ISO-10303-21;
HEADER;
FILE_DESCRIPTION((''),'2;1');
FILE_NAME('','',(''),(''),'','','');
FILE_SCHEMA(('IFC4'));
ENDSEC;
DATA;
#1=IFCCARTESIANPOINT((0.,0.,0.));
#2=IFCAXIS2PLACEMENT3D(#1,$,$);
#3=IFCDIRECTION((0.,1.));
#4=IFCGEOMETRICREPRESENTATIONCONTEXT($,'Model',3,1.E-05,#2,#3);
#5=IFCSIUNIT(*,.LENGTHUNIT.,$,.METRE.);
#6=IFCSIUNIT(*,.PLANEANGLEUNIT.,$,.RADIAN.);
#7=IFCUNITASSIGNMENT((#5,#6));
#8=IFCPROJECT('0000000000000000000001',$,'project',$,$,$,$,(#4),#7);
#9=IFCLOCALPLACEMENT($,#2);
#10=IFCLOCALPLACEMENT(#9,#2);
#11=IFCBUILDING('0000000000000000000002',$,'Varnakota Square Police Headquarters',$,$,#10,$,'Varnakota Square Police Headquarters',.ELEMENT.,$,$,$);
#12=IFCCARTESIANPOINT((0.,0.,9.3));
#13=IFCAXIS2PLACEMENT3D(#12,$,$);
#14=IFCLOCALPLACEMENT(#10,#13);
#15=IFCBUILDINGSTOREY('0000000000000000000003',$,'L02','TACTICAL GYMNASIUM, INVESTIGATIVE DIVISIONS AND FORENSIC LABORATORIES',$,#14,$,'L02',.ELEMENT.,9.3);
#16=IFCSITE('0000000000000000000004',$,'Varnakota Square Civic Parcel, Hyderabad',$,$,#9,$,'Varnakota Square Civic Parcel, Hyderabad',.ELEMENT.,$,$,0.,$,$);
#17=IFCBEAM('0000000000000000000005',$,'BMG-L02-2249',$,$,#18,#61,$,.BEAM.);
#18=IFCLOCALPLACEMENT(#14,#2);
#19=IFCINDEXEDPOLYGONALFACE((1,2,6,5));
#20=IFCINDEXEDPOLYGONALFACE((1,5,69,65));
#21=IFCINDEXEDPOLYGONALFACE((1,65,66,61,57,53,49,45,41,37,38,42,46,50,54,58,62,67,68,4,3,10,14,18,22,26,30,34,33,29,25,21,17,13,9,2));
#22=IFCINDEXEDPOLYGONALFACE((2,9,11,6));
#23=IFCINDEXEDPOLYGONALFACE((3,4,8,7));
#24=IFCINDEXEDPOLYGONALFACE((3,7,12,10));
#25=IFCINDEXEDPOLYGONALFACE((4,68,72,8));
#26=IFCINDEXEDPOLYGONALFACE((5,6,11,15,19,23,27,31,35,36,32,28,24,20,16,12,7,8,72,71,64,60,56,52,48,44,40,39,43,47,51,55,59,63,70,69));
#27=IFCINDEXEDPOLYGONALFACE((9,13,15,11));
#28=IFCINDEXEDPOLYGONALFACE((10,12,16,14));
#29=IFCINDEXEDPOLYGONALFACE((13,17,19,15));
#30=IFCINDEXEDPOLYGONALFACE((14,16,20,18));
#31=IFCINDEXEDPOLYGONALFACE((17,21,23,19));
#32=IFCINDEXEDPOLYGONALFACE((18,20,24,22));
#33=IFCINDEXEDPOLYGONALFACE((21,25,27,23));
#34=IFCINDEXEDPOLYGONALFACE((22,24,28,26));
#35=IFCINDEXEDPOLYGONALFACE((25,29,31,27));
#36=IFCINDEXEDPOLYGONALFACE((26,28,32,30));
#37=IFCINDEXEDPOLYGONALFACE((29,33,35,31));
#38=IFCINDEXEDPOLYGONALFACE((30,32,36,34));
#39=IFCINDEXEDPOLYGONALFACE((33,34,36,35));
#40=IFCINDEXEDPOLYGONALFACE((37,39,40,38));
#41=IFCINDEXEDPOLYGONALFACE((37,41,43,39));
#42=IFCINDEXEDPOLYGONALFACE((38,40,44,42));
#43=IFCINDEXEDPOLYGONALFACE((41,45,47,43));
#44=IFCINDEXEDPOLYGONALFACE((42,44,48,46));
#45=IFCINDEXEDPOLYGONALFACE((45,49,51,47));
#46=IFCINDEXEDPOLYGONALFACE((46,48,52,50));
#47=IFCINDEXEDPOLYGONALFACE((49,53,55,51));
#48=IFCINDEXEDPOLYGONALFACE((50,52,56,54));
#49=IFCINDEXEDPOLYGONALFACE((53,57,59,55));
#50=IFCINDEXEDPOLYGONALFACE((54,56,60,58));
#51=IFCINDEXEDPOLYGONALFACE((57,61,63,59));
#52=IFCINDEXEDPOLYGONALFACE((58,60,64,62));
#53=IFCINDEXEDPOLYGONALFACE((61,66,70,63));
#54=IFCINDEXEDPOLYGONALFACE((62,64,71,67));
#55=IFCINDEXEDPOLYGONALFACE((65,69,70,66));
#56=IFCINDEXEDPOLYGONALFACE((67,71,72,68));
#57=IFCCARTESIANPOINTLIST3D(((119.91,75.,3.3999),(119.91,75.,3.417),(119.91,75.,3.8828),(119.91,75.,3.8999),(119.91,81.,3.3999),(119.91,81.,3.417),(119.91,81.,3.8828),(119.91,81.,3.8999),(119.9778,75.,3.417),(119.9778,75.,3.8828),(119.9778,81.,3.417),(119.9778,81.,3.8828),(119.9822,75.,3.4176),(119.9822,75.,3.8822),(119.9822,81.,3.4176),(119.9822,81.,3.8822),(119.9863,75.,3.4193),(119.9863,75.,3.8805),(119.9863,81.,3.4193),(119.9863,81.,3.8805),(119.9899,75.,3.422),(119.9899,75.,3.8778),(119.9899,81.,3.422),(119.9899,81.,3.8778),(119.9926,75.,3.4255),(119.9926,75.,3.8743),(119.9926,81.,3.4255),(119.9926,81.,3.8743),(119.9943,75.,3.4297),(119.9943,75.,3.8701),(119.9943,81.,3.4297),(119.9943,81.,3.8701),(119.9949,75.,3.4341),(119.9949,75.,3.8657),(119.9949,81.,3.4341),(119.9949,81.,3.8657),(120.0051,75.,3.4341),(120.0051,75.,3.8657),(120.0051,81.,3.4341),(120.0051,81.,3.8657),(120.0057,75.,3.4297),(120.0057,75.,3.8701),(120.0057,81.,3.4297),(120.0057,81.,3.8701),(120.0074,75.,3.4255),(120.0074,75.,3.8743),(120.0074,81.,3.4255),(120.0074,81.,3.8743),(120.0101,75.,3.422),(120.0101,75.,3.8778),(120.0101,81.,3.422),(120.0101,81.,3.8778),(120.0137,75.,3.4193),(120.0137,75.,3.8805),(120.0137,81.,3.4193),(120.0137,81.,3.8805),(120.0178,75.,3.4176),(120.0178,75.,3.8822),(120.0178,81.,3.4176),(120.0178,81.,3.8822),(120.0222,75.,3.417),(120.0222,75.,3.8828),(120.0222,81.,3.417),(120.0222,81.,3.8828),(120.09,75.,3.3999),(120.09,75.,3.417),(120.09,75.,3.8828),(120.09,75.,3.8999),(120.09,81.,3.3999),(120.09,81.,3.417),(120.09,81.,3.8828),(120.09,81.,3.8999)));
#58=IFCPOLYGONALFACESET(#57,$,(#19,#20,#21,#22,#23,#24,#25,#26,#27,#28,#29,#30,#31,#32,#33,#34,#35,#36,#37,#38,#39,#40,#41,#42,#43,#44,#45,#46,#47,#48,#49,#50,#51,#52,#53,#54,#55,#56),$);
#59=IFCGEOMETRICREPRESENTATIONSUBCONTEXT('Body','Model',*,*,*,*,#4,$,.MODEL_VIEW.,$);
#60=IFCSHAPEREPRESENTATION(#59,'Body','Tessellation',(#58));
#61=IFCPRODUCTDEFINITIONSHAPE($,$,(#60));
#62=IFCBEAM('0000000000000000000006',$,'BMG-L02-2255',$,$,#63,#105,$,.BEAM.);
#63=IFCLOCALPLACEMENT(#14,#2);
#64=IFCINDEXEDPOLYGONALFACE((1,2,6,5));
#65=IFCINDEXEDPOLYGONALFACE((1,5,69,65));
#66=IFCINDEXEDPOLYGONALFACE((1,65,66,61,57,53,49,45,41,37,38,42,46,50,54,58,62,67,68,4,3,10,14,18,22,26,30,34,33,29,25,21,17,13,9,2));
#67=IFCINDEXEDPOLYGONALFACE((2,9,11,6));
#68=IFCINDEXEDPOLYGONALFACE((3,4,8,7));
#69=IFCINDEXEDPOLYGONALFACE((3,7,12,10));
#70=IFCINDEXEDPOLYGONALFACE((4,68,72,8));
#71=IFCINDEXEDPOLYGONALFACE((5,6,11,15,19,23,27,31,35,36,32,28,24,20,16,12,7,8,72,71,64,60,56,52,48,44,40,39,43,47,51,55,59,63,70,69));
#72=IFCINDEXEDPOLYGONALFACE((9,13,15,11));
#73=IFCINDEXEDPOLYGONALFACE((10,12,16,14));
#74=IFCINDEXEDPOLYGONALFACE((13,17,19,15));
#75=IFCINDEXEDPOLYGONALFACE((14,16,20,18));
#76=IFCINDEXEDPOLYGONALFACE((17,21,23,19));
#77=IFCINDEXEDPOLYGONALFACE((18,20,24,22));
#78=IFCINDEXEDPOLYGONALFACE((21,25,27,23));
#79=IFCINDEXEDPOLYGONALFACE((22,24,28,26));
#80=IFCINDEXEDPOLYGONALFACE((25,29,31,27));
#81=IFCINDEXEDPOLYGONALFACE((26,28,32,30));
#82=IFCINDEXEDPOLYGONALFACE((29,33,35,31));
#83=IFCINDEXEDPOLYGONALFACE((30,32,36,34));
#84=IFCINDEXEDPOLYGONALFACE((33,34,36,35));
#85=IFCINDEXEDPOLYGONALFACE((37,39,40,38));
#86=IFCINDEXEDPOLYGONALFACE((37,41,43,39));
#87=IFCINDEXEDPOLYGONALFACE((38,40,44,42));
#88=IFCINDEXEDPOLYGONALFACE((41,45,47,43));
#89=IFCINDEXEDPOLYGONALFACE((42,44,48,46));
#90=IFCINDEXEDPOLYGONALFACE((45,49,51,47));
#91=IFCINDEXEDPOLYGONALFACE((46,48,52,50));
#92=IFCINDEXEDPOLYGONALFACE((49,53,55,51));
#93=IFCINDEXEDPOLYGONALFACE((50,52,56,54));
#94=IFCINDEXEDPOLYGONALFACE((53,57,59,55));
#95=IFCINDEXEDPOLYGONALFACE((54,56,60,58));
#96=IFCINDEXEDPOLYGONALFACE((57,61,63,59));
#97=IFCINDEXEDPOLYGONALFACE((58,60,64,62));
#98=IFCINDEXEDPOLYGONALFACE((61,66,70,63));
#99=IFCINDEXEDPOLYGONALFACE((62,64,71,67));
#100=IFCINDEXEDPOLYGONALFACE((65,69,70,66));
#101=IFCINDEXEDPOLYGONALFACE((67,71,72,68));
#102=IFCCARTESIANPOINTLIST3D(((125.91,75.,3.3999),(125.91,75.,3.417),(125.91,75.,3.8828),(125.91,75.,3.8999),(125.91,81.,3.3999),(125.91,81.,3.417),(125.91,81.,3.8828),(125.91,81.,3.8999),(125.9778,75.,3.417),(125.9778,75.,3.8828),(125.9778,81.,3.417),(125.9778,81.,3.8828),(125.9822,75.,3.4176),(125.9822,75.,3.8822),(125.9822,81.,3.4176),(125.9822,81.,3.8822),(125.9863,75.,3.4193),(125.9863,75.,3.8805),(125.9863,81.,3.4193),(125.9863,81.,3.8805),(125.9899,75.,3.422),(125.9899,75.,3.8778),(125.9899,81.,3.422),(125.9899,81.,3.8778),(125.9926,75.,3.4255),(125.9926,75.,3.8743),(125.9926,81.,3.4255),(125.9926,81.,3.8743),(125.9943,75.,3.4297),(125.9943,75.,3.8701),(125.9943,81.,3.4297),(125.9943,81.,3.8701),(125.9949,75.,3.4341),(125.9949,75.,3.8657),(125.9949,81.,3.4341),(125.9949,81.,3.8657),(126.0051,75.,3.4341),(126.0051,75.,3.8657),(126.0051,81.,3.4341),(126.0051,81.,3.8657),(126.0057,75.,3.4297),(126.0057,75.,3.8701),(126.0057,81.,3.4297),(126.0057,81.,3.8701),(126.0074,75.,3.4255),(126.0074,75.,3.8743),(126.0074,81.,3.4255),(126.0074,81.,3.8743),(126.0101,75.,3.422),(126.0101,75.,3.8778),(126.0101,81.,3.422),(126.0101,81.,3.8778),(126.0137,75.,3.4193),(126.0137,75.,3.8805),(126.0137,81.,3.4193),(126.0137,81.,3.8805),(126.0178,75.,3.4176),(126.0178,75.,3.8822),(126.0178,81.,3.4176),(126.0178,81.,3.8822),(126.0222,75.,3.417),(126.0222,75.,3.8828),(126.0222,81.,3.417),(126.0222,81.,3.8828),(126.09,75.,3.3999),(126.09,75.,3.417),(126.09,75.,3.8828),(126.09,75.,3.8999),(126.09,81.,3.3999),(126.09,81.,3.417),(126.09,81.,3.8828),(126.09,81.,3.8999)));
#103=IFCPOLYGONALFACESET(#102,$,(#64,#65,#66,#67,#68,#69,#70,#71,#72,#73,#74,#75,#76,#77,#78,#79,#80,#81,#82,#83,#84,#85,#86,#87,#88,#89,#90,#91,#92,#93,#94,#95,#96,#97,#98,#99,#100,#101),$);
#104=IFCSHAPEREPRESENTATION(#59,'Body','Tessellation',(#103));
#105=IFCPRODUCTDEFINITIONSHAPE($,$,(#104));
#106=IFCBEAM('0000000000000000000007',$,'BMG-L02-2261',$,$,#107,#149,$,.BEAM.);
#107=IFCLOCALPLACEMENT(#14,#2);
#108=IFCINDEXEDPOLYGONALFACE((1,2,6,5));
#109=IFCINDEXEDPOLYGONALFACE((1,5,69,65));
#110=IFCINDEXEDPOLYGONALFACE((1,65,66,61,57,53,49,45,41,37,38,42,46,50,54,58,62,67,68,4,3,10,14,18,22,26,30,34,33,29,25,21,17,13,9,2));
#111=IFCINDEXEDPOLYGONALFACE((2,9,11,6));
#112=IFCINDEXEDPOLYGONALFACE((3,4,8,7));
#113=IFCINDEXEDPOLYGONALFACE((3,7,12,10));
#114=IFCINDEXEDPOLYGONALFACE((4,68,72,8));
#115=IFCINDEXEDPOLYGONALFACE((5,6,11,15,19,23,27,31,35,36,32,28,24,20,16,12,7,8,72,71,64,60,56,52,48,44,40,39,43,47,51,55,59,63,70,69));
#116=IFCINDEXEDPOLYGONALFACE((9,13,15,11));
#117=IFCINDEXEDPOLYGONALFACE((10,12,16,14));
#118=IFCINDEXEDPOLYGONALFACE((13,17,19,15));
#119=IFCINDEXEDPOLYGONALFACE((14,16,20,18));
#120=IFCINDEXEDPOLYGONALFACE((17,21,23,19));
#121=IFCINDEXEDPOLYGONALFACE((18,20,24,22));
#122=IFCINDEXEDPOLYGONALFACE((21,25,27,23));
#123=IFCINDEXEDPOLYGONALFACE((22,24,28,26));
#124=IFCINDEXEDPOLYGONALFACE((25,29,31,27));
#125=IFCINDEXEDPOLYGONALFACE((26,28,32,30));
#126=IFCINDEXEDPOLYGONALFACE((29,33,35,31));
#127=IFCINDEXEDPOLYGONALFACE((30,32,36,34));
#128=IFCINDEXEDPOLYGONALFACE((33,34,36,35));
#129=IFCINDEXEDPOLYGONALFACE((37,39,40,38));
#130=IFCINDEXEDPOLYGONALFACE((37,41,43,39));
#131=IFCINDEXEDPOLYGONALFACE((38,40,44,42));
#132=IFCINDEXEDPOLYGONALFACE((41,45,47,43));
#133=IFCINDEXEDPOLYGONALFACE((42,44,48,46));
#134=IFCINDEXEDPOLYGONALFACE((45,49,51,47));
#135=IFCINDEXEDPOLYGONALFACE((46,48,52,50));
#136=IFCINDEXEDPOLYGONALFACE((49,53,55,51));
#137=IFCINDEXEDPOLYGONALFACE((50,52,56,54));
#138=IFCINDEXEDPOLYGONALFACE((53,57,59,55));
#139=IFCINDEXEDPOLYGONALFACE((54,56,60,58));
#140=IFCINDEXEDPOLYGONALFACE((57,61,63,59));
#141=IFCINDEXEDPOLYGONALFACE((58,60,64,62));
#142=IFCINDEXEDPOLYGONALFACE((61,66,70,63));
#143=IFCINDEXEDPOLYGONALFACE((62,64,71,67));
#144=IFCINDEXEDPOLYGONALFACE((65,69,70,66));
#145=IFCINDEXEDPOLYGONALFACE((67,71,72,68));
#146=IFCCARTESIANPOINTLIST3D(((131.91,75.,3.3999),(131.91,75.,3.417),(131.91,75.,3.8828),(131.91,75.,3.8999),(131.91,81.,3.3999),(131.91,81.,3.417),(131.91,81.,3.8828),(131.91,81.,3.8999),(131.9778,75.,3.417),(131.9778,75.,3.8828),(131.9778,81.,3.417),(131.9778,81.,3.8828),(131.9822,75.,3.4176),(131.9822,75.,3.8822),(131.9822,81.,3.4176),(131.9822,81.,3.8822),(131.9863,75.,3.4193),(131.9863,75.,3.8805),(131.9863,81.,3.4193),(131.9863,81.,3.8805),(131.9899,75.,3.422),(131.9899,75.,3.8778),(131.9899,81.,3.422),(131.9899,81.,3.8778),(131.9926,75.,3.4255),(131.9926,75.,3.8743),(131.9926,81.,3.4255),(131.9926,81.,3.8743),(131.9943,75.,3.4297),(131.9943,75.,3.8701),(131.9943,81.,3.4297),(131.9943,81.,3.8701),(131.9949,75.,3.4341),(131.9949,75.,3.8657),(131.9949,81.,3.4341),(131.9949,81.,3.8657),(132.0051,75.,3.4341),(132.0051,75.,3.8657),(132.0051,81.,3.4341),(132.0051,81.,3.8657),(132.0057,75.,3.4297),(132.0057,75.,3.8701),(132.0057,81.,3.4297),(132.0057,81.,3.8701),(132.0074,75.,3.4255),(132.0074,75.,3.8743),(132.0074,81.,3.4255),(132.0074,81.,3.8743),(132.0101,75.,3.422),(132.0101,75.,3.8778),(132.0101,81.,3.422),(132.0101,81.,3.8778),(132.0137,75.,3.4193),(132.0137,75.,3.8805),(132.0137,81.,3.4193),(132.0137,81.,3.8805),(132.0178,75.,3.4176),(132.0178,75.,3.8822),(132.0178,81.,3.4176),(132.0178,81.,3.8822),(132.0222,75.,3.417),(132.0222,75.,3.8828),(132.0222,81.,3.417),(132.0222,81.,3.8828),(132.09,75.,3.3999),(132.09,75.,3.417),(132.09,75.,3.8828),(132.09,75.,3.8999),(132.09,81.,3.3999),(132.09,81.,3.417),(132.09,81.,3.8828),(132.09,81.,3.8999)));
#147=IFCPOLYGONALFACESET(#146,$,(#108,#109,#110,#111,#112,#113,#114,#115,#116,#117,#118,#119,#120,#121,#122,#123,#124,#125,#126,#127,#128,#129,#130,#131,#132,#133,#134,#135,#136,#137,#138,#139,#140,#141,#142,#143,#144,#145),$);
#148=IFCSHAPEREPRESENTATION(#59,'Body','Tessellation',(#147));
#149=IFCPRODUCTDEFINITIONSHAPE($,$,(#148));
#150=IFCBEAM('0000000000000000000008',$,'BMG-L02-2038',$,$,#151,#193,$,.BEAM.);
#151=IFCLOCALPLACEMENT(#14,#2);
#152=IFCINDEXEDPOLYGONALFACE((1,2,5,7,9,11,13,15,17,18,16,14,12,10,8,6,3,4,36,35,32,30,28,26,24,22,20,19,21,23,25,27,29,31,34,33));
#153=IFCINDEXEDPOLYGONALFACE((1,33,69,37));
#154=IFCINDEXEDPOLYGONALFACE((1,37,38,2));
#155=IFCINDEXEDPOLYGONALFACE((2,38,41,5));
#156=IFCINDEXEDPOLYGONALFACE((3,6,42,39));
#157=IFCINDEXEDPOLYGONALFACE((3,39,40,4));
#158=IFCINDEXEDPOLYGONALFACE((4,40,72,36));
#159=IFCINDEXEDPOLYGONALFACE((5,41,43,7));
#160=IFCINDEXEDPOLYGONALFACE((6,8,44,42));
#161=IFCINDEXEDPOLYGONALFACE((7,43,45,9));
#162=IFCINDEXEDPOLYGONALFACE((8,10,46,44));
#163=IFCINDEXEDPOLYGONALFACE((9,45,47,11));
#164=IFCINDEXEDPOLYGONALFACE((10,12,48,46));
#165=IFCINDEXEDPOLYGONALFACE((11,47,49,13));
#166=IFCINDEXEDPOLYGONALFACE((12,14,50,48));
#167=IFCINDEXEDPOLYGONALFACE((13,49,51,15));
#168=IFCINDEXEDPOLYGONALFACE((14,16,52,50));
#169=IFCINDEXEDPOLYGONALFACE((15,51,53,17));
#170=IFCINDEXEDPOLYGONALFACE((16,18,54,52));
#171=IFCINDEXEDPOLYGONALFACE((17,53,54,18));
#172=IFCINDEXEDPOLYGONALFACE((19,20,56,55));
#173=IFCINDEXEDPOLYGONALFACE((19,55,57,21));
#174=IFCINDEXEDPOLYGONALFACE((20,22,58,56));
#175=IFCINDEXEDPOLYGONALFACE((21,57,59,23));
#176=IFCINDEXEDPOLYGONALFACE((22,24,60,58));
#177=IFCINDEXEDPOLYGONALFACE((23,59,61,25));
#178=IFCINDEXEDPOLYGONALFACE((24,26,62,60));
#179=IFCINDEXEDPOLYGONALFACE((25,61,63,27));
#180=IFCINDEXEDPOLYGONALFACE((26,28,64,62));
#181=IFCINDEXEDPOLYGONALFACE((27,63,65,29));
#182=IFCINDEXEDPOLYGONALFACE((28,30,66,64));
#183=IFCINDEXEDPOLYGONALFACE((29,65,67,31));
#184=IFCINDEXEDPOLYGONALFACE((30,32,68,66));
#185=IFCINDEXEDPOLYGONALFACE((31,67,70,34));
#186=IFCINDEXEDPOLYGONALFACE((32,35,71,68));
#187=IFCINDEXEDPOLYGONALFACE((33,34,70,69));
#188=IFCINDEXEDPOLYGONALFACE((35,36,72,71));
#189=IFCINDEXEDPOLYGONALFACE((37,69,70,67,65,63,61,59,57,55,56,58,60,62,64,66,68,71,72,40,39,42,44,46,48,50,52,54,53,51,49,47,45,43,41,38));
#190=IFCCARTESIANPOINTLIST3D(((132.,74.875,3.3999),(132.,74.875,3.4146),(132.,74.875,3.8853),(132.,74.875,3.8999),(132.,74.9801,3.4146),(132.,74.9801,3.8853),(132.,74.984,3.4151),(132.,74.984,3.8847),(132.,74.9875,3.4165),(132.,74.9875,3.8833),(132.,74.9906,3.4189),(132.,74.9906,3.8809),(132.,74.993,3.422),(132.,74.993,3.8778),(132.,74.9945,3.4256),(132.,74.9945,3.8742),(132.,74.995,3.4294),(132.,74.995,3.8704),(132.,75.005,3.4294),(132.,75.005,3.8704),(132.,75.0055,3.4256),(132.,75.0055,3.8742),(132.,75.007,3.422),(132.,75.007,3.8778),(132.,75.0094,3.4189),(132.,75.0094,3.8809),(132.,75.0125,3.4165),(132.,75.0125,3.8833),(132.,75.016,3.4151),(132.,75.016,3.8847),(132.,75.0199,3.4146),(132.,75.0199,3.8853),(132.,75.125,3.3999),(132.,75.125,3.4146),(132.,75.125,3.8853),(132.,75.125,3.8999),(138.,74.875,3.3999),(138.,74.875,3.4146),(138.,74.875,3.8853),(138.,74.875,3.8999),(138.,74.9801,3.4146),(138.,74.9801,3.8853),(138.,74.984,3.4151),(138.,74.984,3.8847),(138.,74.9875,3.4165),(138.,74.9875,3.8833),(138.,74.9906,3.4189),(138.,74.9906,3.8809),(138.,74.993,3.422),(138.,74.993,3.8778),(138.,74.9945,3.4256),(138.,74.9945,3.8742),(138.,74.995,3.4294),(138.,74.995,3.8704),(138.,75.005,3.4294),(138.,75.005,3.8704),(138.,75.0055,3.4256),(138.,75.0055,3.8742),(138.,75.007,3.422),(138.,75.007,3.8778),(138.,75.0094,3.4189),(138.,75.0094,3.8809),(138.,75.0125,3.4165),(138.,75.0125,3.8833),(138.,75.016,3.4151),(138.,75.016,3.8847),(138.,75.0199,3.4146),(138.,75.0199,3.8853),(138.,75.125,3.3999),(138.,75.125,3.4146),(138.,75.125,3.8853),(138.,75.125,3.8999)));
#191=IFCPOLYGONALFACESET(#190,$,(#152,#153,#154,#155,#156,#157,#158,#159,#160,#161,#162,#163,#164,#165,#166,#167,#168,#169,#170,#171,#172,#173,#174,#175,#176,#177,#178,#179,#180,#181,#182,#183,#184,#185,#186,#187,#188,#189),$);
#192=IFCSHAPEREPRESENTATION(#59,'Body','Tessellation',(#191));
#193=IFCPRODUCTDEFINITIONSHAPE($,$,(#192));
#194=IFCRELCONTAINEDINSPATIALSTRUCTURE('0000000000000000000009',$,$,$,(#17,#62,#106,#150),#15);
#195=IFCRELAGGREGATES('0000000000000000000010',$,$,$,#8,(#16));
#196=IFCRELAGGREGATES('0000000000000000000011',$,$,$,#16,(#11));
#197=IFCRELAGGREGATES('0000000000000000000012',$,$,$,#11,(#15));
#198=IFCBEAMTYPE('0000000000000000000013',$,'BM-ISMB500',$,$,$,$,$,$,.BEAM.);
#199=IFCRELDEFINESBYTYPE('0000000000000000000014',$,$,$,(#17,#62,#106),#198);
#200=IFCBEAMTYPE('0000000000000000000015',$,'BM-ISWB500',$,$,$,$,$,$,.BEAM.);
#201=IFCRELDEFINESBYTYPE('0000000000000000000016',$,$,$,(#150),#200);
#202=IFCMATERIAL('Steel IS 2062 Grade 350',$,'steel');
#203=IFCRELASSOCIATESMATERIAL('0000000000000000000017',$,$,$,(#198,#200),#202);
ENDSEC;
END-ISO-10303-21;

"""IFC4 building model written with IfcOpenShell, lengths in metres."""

from ifc_helpers import new_model, si_unit, direction, frame, origin, origin_2d, place, context, subcontext, project, spatial, i_section, extrude, material, material_profile, profile_set, type_object, element, save


model = new_model("IFC4")

# Units and contexts
model_context = context("Model", 3, precision=1e-05, world=origin(), true_north=direction((0.0, 1.0)))
body_context = subcontext(model_context, "Body", "Model", "MODEL_VIEW")
ifc_project = project(units=[si_unit("LENGTHUNIT", "METRE"), si_unit("PLANEANGLEUNIT", "RADIAN")], contexts=[model_context])

# Site, building, storey
site_placement = place(None, origin())
site = spatial("IfcSite", under=ifc_project, at=site_placement, Name="Varnakota Square Civic Parcel, Hyderabad", LongName="Varnakota Square Civic Parcel, Hyderabad", CompositionType="ELEMENT", RefElevation=0.0)
building_placement = place(site_placement, origin())
building = spatial("IfcBuilding", under=site, at=building_placement, Name="Varnakota Square Police Headquarters", LongName="Varnakota Square Police Headquarters", CompositionType="ELEMENT")
storey_placement = place(building_placement, frame((0.0, 0.0, 9.3)))
storey = spatial("IfcBuildingStorey", under=building, at=storey_placement, Name="L02", Description="TACTICAL GYMNASIUM, INVESTIGATIVE DIVISIONS AND FORENSIC LABORATORIES", LongName="L02", CompositionType="ELEMENT", Elevation=9.3)

# Shared definitions
ifc_material_1 = material(Name="Steel IS 2062 Grade 350", Category="steel")

# Beams
ifc_material_profile_1 = material_profile(ifc_material_1, i_section(OverallWidth=0.1799, OverallDepth=0.5, WebThickness=0.0103, FlangeThickness=0.0171, FilletRadius=0.0171, at=origin_2d()), Name="ISMB 500")
ifc_profile_set_1 = profile_set([ifc_material_profile_1], Name="Steel IS 2062 Grade 350")
beam_type_1 = type_object("IfcBeamType", Name="BM-ISMB500", PredefinedType="BEAM", material=ifc_profile_set_1)
for number, where, z_axis, x_axis, name in (
    (1, (120.0, 75.0, 3.6499), (0.0, 1.0, 0.0), (-1.0, 0.0, 0.0), "BMG-L02-2249"),
    (2, (126.0, 75.0, 3.6499), (0.0, 1.0, 0.0), (-1.0, 0.0, 0.0), "BMG-L02-2255"),
    (3, (132.0, 75.0, 3.6499), (0.0, 1.0, 0.0), (-1.0, 0.0, 0.0), "BMG-L02-2261"),
):
    element("IfcBeam", number, at=place(storey_placement, frame(where, z_axis=z_axis, x_axis=x_axis)), inside=storey, type_object=beam_type_1, Name=name, PredefinedType="BEAM", context=body_context, shape_type="SweptSolid", body=[
        extrude(i_section(OverallWidth=0.1799, OverallDepth=0.5, WebThickness=0.0103, FlangeThickness=0.0171, FilletRadius=0.0171, at=origin_2d()), origin(), (0.0, 0.0, 1.0), 6.0),
    ])
ifc_material_profile_2 = material_profile(ifc_material_1, i_section(OverallWidth=0.25, OverallDepth=0.5, WebThickness=0.01, FlangeThickness=0.0146, FilletRadius=0.0149, at=origin_2d()), Name="ISWB 500")
ifc_profile_set_2 = profile_set([ifc_material_profile_2], Name="Steel IS 2062 Grade 350")
beam_type_2 = type_object("IfcBeamType", Name="BM-ISWB500", PredefinedType="BEAM", material=ifc_profile_set_2)
beam_1_placement = place(storey_placement, frame((132.0, 75.0, 3.6499), z_axis=(1.0, 0.0, 0.0), x_axis=(0.0, 1.0, 0.0)))
element("IfcBeam", 4, at=beam_1_placement, inside=storey, type_object=beam_type_2, Name="BMG-L02-2038", PredefinedType="BEAM", context=body_context, shape_type="SweptSolid", body=[
    extrude(i_section(OverallWidth=0.25, OverallDepth=0.5, WebThickness=0.01, FlangeThickness=0.0146, FilletRadius=0.0149, at=origin_2d()), origin(), (0.0, 0.0, 1.0), 6.0),
])

save(model, "model.ifc")
